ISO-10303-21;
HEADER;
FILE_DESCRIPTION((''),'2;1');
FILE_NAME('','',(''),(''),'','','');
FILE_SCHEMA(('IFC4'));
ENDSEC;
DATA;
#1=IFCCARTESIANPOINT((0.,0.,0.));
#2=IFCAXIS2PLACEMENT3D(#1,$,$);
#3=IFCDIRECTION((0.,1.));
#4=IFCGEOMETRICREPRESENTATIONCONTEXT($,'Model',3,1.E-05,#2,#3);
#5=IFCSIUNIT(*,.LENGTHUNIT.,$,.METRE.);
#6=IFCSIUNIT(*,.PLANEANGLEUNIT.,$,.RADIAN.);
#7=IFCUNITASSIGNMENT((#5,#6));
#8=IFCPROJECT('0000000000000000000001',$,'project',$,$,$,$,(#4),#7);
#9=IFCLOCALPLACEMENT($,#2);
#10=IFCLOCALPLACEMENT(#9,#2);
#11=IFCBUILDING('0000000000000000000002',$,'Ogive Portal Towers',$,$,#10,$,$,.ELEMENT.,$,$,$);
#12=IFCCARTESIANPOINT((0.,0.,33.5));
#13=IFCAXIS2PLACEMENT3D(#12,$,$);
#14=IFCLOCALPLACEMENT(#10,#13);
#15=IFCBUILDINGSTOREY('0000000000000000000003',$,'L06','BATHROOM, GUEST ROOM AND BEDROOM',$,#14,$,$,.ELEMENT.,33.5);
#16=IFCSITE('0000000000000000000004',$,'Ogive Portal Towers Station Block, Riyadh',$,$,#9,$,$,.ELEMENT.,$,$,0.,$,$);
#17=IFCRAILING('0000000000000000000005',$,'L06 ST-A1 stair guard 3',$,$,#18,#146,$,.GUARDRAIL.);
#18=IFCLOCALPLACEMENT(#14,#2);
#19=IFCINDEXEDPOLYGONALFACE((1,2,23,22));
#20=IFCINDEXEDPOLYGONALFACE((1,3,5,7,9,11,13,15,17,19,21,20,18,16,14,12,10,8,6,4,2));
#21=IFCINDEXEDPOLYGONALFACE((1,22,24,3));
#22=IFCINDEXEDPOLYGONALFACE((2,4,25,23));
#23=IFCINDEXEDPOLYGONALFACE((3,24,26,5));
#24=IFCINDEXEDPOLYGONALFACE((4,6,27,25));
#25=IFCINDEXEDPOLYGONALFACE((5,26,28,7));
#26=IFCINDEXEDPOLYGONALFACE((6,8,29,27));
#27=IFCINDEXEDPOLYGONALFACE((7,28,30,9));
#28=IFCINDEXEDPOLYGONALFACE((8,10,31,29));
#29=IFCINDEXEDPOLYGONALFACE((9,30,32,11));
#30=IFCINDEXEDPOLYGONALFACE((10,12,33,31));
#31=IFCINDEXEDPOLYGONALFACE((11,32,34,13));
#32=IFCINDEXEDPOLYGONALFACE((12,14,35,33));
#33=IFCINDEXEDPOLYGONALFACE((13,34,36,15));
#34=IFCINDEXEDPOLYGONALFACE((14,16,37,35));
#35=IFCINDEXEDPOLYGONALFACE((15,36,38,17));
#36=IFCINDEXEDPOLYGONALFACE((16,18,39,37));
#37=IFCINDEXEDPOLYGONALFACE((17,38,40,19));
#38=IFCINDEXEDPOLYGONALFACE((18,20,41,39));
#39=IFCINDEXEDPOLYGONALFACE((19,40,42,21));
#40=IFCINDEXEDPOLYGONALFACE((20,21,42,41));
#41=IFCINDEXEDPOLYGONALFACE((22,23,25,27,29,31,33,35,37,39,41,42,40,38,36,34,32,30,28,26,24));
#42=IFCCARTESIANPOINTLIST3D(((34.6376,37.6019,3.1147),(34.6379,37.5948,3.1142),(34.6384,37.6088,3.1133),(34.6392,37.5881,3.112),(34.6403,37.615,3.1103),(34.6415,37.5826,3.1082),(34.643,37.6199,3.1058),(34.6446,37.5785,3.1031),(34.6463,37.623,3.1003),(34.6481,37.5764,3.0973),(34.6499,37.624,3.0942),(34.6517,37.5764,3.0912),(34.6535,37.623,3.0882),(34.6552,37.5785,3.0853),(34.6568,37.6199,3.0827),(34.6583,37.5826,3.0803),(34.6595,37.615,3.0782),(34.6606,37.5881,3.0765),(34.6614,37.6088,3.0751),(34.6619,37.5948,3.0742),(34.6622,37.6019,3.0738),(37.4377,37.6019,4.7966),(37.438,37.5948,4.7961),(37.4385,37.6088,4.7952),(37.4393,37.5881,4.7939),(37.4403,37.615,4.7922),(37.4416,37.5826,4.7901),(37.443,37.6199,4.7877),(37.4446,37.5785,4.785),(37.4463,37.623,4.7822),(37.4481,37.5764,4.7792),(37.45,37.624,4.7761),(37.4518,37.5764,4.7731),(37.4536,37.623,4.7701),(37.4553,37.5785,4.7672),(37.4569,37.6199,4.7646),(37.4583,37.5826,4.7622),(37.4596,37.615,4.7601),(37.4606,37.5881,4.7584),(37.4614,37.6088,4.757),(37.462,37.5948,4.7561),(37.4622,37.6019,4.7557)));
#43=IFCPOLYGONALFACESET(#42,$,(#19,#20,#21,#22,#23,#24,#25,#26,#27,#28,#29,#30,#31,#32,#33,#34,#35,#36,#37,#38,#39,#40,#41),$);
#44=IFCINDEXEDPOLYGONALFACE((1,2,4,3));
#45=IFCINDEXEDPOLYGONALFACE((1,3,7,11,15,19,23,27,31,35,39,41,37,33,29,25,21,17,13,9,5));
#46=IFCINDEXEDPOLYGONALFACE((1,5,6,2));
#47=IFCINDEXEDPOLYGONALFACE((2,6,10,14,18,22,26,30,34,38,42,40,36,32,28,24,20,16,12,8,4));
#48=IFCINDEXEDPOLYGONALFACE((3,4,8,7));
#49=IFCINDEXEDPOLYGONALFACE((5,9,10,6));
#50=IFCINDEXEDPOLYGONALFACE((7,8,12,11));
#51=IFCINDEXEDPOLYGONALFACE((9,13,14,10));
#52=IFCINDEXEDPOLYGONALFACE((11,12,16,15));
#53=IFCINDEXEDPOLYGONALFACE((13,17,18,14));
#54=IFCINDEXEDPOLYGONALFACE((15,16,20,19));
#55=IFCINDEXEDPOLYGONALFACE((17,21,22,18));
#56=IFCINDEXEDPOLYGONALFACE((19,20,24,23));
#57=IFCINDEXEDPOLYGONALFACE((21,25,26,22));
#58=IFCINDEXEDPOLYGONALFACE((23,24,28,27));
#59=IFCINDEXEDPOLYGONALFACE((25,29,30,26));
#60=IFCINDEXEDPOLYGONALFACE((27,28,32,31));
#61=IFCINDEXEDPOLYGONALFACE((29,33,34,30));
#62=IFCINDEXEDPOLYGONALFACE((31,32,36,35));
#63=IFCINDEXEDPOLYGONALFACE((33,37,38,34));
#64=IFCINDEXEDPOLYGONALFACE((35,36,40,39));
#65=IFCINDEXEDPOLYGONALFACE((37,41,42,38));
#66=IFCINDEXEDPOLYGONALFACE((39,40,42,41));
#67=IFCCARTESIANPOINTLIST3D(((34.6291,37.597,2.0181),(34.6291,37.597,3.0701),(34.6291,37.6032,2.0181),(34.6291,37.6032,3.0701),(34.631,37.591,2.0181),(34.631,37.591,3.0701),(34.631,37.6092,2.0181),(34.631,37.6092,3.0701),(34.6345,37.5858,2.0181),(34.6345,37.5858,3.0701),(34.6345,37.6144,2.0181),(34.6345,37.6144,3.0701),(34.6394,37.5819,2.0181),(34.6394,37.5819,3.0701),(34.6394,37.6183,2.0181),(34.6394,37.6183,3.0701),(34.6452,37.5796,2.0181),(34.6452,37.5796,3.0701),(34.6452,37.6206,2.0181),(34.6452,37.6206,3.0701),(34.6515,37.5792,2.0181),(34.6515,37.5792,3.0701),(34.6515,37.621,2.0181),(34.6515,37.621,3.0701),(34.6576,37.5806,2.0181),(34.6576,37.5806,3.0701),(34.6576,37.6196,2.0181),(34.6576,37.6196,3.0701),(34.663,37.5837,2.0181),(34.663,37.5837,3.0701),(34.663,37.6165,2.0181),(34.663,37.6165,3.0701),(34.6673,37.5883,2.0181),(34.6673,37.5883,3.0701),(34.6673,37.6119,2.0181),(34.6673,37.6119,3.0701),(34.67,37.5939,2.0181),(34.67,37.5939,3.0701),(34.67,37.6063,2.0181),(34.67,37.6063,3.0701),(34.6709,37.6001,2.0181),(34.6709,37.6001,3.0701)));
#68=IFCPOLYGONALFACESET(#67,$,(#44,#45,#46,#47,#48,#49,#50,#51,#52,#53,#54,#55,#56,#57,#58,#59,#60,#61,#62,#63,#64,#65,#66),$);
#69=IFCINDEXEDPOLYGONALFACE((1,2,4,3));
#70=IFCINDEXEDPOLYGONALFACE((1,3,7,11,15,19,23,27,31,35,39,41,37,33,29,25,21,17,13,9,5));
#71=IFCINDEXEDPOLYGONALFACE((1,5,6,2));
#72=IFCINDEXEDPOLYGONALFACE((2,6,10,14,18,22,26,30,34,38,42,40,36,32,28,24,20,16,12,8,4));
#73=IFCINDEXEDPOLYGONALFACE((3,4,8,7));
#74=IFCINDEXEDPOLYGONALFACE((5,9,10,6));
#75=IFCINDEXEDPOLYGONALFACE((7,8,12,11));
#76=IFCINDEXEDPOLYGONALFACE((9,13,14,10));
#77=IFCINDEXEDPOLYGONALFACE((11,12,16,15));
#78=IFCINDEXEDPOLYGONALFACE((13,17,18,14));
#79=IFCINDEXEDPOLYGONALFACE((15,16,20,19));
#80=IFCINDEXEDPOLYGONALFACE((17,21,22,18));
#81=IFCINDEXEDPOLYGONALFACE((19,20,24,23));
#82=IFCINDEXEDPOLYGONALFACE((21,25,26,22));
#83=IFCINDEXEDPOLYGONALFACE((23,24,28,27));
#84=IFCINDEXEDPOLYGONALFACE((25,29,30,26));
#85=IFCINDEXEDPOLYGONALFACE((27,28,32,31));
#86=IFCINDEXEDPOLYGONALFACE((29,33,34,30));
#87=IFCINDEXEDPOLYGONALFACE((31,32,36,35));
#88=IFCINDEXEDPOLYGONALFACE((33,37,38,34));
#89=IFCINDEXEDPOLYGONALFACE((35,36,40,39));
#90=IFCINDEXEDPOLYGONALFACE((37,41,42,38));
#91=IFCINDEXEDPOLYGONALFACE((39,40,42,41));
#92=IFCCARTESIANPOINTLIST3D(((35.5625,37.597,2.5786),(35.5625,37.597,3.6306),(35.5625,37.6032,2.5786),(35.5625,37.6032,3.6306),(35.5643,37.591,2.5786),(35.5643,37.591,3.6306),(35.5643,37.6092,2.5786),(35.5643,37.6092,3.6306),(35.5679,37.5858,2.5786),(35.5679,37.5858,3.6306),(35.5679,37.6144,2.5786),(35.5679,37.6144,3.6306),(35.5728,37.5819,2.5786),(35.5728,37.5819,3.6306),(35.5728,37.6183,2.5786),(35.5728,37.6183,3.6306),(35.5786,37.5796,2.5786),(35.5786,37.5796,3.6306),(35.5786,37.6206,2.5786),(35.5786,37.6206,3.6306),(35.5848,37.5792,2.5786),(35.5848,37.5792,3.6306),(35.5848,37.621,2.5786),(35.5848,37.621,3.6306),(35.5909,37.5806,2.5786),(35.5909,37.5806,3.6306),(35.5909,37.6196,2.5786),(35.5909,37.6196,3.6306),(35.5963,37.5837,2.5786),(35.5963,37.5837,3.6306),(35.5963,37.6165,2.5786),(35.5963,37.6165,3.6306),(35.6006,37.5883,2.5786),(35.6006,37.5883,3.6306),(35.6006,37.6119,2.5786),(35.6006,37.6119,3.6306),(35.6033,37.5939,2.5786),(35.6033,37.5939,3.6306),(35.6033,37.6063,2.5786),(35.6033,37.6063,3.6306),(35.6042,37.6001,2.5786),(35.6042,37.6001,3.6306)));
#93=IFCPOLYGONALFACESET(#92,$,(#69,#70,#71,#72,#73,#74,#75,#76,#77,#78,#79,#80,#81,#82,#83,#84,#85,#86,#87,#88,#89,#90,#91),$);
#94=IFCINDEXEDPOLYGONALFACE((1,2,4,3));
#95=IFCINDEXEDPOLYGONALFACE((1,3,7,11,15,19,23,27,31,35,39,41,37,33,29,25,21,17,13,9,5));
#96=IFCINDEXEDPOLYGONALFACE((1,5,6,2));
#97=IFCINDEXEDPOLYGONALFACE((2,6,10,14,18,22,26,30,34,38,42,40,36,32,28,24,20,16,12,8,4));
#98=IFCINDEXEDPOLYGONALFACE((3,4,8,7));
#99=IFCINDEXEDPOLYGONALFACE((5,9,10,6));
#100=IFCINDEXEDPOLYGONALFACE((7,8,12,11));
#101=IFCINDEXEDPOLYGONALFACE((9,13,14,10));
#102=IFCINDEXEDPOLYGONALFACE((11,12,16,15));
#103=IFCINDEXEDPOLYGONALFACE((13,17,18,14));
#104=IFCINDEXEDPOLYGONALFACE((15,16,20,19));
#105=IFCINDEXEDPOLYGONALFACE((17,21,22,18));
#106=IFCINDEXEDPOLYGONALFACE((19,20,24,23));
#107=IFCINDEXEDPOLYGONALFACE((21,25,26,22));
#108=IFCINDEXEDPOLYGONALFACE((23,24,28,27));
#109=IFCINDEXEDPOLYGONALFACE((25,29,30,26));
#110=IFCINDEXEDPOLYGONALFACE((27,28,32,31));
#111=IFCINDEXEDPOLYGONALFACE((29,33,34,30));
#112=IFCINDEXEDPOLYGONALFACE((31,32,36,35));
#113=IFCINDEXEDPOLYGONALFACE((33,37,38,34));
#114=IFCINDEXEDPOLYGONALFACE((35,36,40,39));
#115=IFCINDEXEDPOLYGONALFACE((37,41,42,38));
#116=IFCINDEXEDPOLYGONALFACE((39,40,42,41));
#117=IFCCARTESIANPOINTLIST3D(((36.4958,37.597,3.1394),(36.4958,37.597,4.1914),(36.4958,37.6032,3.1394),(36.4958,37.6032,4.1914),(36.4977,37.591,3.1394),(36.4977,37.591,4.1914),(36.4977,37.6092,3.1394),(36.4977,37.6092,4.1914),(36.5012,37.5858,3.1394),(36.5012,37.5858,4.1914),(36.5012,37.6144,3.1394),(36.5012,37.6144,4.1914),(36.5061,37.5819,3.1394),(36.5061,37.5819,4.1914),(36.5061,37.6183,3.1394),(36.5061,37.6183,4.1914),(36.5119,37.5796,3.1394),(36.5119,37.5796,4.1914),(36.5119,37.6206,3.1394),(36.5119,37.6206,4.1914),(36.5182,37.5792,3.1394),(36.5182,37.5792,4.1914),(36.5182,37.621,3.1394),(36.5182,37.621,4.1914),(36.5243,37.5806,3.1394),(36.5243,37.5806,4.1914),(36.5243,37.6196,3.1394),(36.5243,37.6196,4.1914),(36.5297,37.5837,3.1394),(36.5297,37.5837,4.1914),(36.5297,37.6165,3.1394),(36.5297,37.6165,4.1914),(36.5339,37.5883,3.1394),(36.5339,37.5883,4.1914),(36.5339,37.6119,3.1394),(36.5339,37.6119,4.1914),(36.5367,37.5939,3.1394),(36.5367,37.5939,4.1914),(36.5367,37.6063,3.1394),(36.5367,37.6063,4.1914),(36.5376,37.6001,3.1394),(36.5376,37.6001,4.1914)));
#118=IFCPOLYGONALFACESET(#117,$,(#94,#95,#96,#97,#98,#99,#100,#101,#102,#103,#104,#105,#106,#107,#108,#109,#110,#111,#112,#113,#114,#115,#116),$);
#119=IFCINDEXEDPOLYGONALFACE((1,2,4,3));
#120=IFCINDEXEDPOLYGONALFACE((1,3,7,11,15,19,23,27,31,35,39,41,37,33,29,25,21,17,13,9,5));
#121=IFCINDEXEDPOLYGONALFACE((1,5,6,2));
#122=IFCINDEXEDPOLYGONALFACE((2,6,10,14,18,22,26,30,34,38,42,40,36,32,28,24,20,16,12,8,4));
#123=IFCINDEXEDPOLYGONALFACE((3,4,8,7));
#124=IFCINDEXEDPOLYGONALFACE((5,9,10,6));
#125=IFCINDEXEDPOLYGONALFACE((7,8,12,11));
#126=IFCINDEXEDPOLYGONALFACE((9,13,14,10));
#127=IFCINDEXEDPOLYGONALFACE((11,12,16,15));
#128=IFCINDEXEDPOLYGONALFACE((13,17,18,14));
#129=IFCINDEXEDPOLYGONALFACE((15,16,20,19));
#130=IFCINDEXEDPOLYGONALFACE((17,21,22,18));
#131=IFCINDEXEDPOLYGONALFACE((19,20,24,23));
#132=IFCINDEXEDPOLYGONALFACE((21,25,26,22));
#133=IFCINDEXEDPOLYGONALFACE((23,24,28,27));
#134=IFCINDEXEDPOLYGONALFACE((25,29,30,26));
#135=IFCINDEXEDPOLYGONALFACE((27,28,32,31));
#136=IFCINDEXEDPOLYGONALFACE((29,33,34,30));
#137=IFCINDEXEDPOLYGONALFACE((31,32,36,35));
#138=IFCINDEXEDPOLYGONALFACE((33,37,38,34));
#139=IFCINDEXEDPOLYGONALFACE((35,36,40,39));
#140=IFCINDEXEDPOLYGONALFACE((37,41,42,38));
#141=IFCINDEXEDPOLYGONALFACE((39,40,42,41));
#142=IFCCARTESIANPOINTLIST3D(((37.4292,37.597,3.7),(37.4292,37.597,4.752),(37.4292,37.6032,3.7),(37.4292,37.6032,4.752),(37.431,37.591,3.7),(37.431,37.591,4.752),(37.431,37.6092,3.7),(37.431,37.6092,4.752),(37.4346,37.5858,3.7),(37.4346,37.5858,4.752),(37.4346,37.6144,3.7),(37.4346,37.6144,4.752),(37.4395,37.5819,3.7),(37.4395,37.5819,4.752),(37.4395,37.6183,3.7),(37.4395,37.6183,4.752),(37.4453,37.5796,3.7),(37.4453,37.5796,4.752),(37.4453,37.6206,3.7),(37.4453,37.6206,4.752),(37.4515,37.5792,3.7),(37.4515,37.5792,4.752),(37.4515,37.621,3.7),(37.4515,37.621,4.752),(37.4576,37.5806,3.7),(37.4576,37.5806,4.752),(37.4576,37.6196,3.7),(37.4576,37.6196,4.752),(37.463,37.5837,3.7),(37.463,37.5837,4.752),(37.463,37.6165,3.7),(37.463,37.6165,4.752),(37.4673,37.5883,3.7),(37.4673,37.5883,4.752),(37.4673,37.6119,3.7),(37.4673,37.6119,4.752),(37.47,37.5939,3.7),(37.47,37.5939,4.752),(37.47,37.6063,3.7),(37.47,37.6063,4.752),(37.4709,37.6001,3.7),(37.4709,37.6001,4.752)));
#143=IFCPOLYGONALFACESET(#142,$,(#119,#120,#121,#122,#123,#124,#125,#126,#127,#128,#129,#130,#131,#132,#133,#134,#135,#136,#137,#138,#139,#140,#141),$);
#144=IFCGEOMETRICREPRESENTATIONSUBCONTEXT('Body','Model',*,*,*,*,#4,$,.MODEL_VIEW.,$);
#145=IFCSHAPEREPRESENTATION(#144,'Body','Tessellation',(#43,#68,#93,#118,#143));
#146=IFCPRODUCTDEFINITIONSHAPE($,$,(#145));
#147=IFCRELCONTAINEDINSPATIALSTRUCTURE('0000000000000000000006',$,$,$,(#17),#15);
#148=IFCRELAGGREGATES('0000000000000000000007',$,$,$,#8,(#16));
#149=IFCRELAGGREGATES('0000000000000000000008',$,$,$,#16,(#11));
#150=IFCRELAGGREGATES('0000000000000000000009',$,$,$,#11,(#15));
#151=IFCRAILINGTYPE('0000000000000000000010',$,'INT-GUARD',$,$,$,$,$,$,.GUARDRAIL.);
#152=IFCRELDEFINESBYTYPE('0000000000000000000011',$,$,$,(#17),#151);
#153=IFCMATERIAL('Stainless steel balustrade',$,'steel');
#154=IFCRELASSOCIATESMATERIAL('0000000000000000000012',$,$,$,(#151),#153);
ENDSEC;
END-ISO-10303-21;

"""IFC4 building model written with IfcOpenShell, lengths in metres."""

from ifc_helpers import new_model, si_unit, direction, frame, origin, origin_2d, place, context, subcontext, project, spatial, circle, extrude, material, type_object, element, save


model = new_model("IFC4")

# Units and contexts
model_context = context("Model", 3, precision=1e-05, world=origin(), true_north=direction((0.0, 1.0)))
body_context = subcontext(model_context, "Body", "Model", "MODEL_VIEW")
ifc_project = project(units=[si_unit("LENGTHUNIT", "METRE"), si_unit("PLANEANGLEUNIT", "RADIAN")], contexts=[model_context])

# Site, building, storey
site_placement = place(None, origin())
site = spatial("IfcSite", under=ifc_project, at=site_placement, Name="Ogive Portal Towers Station Block, Riyadh", CompositionType="ELEMENT", RefElevation=0.0)
building_placement = place(site_placement, origin())
building = spatial("IfcBuilding", under=site, at=building_placement, Name="Ogive Portal Towers", CompositionType="ELEMENT")
storey_placement = place(building_placement, frame((0.0, 0.0, 33.5)))
storey = spatial("IfcBuildingStorey", under=building, at=storey_placement, Name="L06", Description="BATHROOM, GUEST ROOM AND BEDROOM", CompositionType="ELEMENT", Elevation=33.5)

# Railing
ifc_material_1 = material(Name="Stainless steel balustrade", Category="steel")
railing_type_1 = type_object("IfcRailingType", Name="INT-GUARD", PredefinedType="GUARDRAIL", material=ifc_material_1)
railing_1_placement = place(storey_placement, frame((34.6499, 37.6001, 2.0181)))
element("IfcRailing", 1, at=railing_1_placement, inside=storey, type_object=railing_type_1, Name="L06 ST-A1 stair guard 3", PredefinedType="GUARDRAIL", context=body_context, shape_type="SweptSolid", body=[
    extrude(circle(Radius=0.0239, at=origin_2d()), frame((0.0, 0.0, 1.0762), z_axis=(0.857242, 0.0, 0.514913), x_axis=(0.0, 1.0, 0.0)), (0.0, 0.0, 1.0), 3.2664),
    extrude(circle(Radius=0.021, at=origin_2d()), origin(), (0.0, 0.0, 1.0), 1.052),
    extrude(circle(Radius=0.021, at=origin_2d()), frame((0.9333, 0.0, 0.5605)), (0.0, 0.0, 1.0), 1.052),
    extrude(circle(Radius=0.021, at=origin_2d()), frame((1.8667, 0.0, 1.1213)), (0.0, 0.0, 1.0), 1.052),
    extrude(circle(Radius=0.021, at=origin_2d()), frame((2.8, 0.0, 1.6819)), (0.0, 0.0, 1.0), 1.052),
])

save(model, "model.ifc")
